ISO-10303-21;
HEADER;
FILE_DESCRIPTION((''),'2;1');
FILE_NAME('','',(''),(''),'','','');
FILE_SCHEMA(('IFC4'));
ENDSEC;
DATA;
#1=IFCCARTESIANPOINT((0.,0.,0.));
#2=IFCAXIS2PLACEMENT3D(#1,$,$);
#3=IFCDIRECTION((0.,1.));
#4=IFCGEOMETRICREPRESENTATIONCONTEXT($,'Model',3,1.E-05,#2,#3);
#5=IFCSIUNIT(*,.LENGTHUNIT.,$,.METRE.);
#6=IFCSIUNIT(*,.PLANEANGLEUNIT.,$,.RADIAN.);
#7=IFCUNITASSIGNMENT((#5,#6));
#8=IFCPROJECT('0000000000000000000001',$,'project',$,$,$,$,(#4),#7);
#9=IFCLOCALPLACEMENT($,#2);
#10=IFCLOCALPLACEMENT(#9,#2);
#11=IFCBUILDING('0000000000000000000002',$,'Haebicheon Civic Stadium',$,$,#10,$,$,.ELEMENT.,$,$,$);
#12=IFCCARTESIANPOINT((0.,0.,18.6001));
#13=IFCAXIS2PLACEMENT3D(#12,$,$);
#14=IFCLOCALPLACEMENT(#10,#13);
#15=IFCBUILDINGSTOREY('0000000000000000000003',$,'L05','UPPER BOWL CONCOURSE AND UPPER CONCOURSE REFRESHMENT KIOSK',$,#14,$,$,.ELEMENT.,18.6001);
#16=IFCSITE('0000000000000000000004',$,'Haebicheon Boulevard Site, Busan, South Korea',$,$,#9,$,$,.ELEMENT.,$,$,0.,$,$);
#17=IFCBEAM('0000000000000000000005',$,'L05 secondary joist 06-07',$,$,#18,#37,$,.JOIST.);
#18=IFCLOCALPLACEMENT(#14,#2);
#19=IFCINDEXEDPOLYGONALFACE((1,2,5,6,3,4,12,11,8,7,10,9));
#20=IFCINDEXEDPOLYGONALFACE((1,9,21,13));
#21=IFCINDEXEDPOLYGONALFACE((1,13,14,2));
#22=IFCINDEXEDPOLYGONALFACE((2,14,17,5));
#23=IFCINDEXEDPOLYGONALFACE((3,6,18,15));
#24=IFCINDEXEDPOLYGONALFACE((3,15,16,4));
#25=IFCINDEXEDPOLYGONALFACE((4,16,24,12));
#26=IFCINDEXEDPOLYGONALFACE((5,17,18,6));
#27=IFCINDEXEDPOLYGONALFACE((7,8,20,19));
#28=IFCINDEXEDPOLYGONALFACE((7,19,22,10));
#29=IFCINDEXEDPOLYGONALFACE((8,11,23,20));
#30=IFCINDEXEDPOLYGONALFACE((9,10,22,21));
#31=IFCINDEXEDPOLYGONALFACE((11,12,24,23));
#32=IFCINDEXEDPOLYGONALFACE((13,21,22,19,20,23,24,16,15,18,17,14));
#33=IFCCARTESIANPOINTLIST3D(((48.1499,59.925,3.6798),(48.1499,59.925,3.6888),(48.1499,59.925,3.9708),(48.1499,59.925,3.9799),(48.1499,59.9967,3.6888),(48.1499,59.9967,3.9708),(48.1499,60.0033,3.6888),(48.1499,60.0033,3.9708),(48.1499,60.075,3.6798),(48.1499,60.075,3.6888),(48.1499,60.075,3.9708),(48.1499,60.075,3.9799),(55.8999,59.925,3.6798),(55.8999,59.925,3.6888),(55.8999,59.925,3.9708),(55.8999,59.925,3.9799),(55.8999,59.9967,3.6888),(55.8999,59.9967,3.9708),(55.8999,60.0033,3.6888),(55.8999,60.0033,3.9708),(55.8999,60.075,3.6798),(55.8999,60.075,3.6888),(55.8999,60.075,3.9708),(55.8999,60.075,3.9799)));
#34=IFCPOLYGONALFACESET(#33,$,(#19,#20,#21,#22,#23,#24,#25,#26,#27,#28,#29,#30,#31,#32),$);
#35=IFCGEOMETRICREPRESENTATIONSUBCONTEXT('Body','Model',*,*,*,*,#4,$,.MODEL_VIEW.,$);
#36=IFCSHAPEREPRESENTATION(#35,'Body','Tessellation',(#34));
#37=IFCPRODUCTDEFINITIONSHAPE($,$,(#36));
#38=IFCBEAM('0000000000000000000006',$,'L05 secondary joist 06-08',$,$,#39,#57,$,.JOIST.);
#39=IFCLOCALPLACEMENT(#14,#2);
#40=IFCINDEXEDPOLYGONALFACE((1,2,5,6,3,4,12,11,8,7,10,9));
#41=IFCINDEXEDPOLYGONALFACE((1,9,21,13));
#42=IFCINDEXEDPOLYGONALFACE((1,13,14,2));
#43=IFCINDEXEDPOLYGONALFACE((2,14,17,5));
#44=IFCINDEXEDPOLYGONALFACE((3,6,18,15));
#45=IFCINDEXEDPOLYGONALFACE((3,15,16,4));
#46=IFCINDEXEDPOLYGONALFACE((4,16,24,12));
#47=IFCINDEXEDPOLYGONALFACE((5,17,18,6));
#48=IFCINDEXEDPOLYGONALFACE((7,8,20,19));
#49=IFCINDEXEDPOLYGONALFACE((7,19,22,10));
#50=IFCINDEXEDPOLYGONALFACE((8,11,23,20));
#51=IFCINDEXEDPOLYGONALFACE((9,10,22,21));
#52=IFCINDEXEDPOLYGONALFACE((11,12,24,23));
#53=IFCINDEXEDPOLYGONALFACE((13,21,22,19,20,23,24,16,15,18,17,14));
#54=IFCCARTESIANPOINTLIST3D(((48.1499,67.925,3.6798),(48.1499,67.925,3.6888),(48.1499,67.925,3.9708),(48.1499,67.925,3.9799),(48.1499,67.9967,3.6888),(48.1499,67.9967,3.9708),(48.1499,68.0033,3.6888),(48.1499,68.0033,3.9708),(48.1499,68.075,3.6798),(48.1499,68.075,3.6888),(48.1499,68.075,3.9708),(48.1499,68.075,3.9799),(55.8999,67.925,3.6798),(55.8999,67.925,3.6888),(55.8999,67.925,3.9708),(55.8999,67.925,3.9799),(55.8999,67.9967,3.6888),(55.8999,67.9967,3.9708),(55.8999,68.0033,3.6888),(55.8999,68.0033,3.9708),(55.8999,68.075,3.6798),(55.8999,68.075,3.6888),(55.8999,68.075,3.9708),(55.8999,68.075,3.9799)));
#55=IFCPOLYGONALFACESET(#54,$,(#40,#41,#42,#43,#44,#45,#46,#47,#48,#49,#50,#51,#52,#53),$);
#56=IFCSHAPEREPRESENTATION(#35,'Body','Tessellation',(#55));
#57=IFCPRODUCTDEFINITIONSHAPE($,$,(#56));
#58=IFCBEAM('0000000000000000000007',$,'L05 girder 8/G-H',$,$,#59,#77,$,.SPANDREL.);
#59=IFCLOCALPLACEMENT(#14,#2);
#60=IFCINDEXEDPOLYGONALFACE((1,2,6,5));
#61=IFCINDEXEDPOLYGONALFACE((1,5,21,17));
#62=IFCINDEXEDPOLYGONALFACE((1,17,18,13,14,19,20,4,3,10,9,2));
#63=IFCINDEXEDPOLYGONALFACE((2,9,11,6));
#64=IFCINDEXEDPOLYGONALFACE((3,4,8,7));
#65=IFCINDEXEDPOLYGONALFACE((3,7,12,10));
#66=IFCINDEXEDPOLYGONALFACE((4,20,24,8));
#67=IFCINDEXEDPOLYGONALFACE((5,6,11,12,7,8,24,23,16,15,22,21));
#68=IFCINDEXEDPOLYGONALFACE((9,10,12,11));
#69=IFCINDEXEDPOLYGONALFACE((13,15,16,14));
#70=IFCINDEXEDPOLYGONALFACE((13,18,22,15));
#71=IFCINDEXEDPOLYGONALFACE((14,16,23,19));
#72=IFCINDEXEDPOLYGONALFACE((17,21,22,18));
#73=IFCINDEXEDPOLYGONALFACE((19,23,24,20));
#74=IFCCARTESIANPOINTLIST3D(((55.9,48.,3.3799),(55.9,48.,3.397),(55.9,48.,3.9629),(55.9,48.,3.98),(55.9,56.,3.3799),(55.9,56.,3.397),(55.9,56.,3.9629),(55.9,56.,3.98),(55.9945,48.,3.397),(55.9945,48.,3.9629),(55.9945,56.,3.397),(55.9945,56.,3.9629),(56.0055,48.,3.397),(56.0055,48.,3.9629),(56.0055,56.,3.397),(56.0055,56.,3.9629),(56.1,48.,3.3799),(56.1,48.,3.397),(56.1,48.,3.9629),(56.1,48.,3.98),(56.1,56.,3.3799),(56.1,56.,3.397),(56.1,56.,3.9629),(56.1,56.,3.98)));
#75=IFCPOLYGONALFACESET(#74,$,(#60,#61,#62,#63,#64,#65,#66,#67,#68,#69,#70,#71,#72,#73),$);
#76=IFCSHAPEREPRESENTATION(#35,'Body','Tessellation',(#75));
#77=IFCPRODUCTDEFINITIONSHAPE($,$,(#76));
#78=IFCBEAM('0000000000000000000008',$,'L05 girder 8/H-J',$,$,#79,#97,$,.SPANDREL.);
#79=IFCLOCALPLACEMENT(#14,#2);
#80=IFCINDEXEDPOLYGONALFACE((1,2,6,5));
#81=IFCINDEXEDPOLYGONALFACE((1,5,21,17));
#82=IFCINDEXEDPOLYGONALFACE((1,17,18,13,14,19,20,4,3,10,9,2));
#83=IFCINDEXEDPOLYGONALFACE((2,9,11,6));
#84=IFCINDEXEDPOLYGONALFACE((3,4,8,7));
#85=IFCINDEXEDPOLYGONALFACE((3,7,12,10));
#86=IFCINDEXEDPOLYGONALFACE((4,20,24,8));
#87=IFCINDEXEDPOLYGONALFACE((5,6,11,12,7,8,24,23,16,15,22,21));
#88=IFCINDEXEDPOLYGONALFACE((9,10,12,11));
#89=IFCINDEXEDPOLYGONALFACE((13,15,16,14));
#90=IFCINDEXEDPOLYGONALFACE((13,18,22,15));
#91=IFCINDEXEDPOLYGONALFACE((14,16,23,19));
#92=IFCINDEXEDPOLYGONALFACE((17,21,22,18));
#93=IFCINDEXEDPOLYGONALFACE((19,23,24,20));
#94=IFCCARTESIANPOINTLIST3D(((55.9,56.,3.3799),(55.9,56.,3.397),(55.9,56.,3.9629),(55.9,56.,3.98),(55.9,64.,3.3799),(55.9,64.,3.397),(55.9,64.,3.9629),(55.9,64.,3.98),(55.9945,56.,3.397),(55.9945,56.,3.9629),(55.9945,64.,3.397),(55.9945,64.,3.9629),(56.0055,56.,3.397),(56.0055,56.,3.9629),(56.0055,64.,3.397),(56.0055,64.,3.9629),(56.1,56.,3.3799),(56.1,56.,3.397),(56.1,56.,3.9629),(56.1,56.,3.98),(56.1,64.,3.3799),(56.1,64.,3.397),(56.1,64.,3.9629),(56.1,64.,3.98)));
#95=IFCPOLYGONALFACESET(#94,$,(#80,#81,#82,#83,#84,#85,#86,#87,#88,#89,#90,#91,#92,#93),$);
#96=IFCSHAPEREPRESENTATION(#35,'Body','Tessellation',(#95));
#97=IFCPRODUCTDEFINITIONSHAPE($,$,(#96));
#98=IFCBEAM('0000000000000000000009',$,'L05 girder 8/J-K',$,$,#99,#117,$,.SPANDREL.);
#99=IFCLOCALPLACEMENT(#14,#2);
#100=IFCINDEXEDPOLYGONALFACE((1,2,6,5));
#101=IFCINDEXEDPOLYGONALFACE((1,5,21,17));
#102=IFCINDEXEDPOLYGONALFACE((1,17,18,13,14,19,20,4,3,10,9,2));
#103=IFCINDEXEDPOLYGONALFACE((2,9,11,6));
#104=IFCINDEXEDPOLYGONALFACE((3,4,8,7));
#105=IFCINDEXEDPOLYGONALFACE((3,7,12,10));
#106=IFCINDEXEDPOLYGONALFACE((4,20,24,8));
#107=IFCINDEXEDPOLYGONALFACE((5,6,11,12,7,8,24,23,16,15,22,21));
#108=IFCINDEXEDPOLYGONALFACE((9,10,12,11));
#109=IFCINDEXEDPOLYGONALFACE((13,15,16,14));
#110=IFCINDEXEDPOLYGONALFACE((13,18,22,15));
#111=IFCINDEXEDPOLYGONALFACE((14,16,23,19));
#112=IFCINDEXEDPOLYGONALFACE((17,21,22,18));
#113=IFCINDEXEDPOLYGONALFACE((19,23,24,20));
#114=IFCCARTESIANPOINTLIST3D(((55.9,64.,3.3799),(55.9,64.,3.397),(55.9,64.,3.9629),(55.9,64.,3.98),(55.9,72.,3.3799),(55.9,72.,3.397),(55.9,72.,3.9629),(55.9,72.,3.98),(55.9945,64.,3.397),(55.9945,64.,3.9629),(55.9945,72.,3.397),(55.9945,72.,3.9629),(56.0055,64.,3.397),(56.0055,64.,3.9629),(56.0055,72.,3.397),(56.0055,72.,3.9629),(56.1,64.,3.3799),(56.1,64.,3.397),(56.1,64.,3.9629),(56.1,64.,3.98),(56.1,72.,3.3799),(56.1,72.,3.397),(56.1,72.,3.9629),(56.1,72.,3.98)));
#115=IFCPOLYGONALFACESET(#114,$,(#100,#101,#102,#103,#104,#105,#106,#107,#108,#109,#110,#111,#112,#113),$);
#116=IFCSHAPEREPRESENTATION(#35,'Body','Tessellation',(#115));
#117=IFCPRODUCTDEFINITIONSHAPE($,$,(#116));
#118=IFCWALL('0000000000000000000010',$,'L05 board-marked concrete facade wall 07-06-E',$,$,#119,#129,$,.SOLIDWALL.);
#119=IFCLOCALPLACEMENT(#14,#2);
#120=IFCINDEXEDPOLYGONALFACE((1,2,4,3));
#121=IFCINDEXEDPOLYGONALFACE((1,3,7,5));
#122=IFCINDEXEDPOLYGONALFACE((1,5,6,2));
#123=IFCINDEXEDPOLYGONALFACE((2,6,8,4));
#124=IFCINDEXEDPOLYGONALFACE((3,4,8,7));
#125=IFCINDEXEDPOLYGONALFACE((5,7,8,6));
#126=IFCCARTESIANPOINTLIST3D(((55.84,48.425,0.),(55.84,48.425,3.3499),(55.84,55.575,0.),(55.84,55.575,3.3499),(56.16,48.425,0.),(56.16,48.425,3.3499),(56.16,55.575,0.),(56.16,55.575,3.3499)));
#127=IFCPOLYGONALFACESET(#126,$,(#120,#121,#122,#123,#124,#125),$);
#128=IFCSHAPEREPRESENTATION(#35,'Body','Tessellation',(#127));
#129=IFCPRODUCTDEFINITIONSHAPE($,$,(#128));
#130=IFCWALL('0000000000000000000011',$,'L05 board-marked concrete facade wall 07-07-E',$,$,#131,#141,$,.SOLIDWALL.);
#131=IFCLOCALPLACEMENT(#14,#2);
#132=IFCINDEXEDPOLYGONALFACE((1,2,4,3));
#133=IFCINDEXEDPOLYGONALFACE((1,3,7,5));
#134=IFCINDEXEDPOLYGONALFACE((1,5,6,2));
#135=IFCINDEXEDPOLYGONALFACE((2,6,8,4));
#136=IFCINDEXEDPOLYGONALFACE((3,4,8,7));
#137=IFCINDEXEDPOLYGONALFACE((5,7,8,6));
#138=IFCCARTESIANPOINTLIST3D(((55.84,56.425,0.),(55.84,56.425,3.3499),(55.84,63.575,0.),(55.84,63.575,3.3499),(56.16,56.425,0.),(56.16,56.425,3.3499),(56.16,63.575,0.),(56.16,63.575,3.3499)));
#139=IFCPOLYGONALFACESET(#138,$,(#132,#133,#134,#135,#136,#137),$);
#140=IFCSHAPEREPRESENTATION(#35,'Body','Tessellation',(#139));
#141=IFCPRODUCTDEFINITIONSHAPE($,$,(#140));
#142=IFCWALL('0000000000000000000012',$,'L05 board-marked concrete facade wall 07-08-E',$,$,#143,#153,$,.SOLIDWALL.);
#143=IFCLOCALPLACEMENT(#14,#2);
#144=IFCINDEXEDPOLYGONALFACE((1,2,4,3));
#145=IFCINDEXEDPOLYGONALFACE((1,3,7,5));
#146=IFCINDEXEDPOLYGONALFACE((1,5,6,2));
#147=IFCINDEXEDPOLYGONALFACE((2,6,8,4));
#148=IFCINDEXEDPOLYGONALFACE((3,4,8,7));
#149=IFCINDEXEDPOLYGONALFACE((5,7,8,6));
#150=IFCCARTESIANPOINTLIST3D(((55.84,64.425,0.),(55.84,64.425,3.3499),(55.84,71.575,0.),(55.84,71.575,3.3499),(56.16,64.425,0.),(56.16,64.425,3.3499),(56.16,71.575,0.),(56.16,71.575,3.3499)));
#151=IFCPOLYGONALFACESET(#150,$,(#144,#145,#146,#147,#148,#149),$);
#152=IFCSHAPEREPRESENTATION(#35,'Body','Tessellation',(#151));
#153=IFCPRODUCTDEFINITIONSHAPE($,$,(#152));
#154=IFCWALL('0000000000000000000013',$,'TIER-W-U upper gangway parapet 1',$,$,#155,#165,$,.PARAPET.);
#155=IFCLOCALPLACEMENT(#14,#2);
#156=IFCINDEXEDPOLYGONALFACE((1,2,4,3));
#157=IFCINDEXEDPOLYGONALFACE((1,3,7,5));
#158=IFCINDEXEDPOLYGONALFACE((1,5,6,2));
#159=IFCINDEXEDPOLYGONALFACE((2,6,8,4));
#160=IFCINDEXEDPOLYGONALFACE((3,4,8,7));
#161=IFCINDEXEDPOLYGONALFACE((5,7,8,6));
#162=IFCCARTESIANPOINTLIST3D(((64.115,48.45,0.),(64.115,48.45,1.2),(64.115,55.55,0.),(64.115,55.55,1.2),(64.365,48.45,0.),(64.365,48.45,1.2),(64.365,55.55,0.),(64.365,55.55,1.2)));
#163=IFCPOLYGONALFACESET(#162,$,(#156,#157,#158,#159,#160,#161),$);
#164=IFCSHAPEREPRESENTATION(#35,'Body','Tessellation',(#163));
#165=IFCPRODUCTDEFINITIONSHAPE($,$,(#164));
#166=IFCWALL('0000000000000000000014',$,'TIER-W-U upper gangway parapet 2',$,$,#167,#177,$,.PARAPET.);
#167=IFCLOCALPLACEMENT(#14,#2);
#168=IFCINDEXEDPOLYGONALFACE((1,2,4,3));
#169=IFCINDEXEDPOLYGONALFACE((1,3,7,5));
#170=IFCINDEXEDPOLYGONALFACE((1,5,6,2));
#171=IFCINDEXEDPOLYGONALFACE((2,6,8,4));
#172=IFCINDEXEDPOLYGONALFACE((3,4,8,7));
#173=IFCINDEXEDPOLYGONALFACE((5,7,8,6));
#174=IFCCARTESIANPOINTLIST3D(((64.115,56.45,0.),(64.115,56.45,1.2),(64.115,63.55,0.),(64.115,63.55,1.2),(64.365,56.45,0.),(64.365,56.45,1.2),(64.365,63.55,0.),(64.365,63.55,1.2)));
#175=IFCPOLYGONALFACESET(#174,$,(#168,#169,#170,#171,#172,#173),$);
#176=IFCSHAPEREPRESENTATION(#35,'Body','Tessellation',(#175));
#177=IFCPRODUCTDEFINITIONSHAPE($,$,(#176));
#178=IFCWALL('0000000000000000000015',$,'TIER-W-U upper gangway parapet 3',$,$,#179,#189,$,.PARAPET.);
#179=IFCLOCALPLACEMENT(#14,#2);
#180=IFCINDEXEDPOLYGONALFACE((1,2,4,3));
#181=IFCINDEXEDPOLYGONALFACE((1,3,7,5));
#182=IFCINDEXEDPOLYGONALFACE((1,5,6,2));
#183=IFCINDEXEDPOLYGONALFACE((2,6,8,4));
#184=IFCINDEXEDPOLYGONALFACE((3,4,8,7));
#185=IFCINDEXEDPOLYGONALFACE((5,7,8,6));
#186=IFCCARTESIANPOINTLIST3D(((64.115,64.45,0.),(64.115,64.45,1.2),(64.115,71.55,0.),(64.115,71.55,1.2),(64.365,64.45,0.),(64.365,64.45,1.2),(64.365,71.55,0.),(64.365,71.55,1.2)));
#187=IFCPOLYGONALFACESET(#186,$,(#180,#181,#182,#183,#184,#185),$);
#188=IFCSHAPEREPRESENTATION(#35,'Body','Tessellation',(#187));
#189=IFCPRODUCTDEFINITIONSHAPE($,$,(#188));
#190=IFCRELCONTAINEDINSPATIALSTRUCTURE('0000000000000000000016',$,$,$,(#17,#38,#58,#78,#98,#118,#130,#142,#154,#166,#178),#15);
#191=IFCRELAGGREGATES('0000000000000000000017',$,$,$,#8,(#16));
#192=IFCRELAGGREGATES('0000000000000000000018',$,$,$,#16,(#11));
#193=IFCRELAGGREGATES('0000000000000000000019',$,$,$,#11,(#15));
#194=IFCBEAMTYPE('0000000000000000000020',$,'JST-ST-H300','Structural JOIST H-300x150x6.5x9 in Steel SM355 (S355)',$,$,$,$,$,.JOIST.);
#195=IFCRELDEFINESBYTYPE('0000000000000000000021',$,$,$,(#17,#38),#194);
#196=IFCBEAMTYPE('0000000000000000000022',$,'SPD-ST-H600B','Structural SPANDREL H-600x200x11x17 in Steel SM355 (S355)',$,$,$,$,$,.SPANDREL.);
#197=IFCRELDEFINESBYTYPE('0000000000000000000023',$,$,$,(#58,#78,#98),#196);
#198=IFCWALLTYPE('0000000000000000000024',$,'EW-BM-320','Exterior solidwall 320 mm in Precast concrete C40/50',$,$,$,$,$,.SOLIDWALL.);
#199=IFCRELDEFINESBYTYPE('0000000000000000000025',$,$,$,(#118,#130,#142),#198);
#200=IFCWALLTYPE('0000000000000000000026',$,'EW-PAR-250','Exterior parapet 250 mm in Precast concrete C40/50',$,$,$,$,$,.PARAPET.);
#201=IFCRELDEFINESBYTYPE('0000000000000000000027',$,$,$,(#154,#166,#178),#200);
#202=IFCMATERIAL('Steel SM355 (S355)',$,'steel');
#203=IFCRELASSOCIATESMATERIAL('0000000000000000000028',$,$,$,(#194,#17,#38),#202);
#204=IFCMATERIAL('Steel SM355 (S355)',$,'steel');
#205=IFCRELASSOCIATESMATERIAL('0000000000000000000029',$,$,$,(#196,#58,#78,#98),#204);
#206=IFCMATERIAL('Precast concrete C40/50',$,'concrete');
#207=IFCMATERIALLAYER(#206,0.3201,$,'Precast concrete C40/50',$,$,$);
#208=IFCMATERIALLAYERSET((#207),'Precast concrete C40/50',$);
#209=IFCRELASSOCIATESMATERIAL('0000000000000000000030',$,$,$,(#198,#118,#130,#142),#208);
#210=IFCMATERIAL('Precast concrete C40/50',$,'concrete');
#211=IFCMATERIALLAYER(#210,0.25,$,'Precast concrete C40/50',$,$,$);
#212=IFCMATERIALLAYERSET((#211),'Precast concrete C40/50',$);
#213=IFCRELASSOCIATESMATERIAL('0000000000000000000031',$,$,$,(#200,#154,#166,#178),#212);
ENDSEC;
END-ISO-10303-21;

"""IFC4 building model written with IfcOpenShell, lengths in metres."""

from ifc_helpers import new_model, si_unit, direction, frame, frame_2d, origin, origin_2d, place, context, subcontext, project, spatial, rectangle, i_section, extrude, material, layer, layer_set, material_profile, profile_set, type_object, element, save


model = new_model("IFC4")

# Units and contexts
model_context = context("Model", 3, precision=1e-05, world=origin(), true_north=direction((0.0, 1.0)))
body_context = subcontext(model_context, "Body", "Model", "MODEL_VIEW")
ifc_project = project(units=[si_unit("LENGTHUNIT", "METRE"), si_unit("PLANEANGLEUNIT", "RADIAN")], contexts=[model_context])

# Site, building, storey
site_placement = place(None, origin())
site = spatial("IfcSite", under=ifc_project, at=site_placement, Name="Haebicheon Boulevard Site, Busan, South Korea", CompositionType="ELEMENT", RefElevation=0.0)
building_placement = place(site_placement, origin())
building = spatial("IfcBuilding", under=site, at=building_placement, Name="Haebicheon Civic Stadium", CompositionType="ELEMENT")
storey_placement = place(building_placement, frame((0.0, 0.0, 18.6001)))
storey = spatial("IfcBuildingStorey", under=building, at=storey_placement, Name="L05", Description="UPPER BOWL CONCOURSE AND UPPER CONCOURSE REFRESHMENT KIOSK", CompositionType="ELEMENT", Elevation=18.6001)

# Beams
ifc_material_1 = material(Name="Steel SM355 (S355)", Category="steel")
ifc_material_profile_1 = material_profile(ifc_material_1, i_section(OverallWidth=0.1499, OverallDepth=0.3, WebThickness=0.0066, FlangeThickness=0.009, at=origin_2d()), Name="H-300x150x6.5x9")
ifc_profile_set_1 = profile_set([ifc_material_profile_1], Name="Steel SM355 (S355)")
beam_type_1 = type_object("IfcBeamType", Name="JST-ST-H300", Description="Structural JOIST H-300x150x6.5x9 in Steel SM355 (S355)", PredefinedType="JOIST", material=ifc_profile_set_1)
for number, where, z_axis, x_axis, name in (
    (1, (48.1499, 60.0, 3.8298), (1.0, 0.0, 0.0), (0.0, 1.0, 0.0), "L05 secondary joist 06-07"),
    (2, (48.1499, 68.0, 3.8298), (1.0, 0.0, 0.0), (0.0, 1.0, 0.0), "L05 secondary joist 06-08"),
):
    element("IfcBeam", number, at=place(storey_placement, frame(where, z_axis=z_axis, x_axis=x_axis)), inside=storey, type_object=beam_type_1, material=ifc_profile_set_1, Name=name, PredefinedType="JOIST", context=body_context, shape_type="SweptSolid", body=[
        extrude(i_section(OverallWidth=0.1499, OverallDepth=0.3, WebThickness=0.0066, FlangeThickness=0.009, at=origin_2d()), origin(), (0.0, 0.0, 1.0), 7.75),
    ])
ifc_material_2 = material(Name="Steel SM355 (S355)", Category="steel")
ifc_material_profile_2 = material_profile(ifc_material_2, i_section(OverallWidth=0.2, OverallDepth=0.6001, WebThickness=0.011, FlangeThickness=0.0171, at=origin_2d()), Name="H-600x200x11x17")
ifc_profile_set_2 = profile_set([ifc_material_profile_2], Name="Steel SM355 (S355)")
beam_type_2 = type_object("IfcBeamType", Name="SPD-ST-H600B", Description="Structural SPANDREL H-600x200x11x17 in Steel SM355 (S355)", PredefinedType="SPANDREL", material=ifc_profile_set_2)
for number, where, z_axis, x_axis, name in (
    (3, (56.0, 48.0, 3.6799), (0.0, 1.0, 0.0), (-1.0, 0.0, 0.0), "L05 girder 8/G-H"),
    (4, (56.0, 56.0, 3.6799), (0.0, 1.0, 0.0), (-1.0, 0.0, 0.0), "L05 girder 8/H-J"),
    (5, (56.0, 64.0, 3.6799), (0.0, 1.0, 0.0), (-1.0, 0.0, 0.0), "L05 girder 8/J-K"),
):
    element("IfcBeam", number, at=place(storey_placement, frame(where, z_axis=z_axis, x_axis=x_axis)), inside=storey, type_object=beam_type_2, material=ifc_profile_set_2, Name=name, PredefinedType="SPANDREL", context=body_context, shape_type="SweptSolid", body=[
        extrude(i_section(OverallWidth=0.2, OverallDepth=0.6001, WebThickness=0.011, FlangeThickness=0.0171, at=origin_2d()), origin(), (0.0, 0.0, 1.0), 8.0),
    ])

# Walls
ifc_material_3 = material(Name="Precast concrete C40/50", Category="concrete")
ifc_layer_1 = layer(ifc_material_3, 0.3201, Name="Precast concrete C40/50")
ifc_layer_set_1 = layer_set([ifc_layer_1], Name="Precast concrete C40/50")
wall_type_1 = type_object("IfcWallType", Name="EW-BM-320", Description="Exterior solidwall 320 mm in Precast concrete C40/50", PredefinedType="SOLIDWALL", material=ifc_layer_set_1)
for number, where, z_axis, x_axis, name in (
    (6, (56.0, 48.425, 0.0), (0.0, 0.0, 1.0), (0.0, 1.0, 0.0), "L05 board-marked concrete facade wall 07-06-E"),
    (7, (56.0, 56.425, 0.0), (0.0, 0.0, 1.0), (0.0, 1.0, 0.0), "L05 board-marked concrete facade wall 07-07-E"),
    (8, (56.0, 64.425, 0.0), (0.0, 0.0, 1.0), (0.0, 1.0, 0.0), "L05 board-marked concrete facade wall 07-08-E"),
):
    element("IfcWall", number, at=place(storey_placement, frame(where, z_axis=z_axis, x_axis=x_axis)), inside=storey, type_object=wall_type_1, material=ifc_layer_set_1, Name=name, PredefinedType="SOLIDWALL", context=body_context, shape_type="SweptSolid", body=[
        extrude(rectangle(XDim=7.1499, YDim=0.3201, at=frame_2d((3.575, 0.0))), origin(), (0.0, 0.0, 1.0), 3.3499),
    ])
ifc_material_4 = material(Name="Precast concrete C40/50", Category="concrete")
ifc_layer_2 = layer(ifc_material_4, 0.25, Name="Precast concrete C40/50")
ifc_layer_set_2 = layer_set([ifc_layer_2], Name="Precast concrete C40/50")
wall_type_2 = type_object("IfcWallType", Name="EW-PAR-250", Description="Exterior parapet 250 mm in Precast concrete C40/50", PredefinedType="PARAPET", material=ifc_layer_set_2)
for number, where, z_axis, x_axis, name in (
    (9, (64.24, 48.45, 0.0), (0.0, 0.0, 1.0), (0.0, 1.0, 0.0), "TIER-W-U upper gangway parapet 1"),
    (10, (64.24, 56.45, 0.0), (0.0, 0.0, 1.0), (0.0, 1.0, 0.0), "TIER-W-U upper gangway parapet 2"),
    (11, (64.24, 64.45, 0.0), (0.0, 0.0, 1.0), (0.0, 1.0, 0.0), "TIER-W-U upper gangway parapet 3"),
):
    element("IfcWall", number, at=place(storey_placement, frame(where, z_axis=z_axis, x_axis=x_axis)), inside=storey, type_object=wall_type_2, material=ifc_layer_set_2, Name=name, PredefinedType="PARAPET", context=body_context, shape_type="SweptSolid", body=[
        extrude(rectangle(XDim=7.1001, YDim=0.25, at=frame_2d((3.55, 0.0))), origin(), (0.0, 0.0, 1.0), 1.2),
    ])

save(model, "model.ifc")
